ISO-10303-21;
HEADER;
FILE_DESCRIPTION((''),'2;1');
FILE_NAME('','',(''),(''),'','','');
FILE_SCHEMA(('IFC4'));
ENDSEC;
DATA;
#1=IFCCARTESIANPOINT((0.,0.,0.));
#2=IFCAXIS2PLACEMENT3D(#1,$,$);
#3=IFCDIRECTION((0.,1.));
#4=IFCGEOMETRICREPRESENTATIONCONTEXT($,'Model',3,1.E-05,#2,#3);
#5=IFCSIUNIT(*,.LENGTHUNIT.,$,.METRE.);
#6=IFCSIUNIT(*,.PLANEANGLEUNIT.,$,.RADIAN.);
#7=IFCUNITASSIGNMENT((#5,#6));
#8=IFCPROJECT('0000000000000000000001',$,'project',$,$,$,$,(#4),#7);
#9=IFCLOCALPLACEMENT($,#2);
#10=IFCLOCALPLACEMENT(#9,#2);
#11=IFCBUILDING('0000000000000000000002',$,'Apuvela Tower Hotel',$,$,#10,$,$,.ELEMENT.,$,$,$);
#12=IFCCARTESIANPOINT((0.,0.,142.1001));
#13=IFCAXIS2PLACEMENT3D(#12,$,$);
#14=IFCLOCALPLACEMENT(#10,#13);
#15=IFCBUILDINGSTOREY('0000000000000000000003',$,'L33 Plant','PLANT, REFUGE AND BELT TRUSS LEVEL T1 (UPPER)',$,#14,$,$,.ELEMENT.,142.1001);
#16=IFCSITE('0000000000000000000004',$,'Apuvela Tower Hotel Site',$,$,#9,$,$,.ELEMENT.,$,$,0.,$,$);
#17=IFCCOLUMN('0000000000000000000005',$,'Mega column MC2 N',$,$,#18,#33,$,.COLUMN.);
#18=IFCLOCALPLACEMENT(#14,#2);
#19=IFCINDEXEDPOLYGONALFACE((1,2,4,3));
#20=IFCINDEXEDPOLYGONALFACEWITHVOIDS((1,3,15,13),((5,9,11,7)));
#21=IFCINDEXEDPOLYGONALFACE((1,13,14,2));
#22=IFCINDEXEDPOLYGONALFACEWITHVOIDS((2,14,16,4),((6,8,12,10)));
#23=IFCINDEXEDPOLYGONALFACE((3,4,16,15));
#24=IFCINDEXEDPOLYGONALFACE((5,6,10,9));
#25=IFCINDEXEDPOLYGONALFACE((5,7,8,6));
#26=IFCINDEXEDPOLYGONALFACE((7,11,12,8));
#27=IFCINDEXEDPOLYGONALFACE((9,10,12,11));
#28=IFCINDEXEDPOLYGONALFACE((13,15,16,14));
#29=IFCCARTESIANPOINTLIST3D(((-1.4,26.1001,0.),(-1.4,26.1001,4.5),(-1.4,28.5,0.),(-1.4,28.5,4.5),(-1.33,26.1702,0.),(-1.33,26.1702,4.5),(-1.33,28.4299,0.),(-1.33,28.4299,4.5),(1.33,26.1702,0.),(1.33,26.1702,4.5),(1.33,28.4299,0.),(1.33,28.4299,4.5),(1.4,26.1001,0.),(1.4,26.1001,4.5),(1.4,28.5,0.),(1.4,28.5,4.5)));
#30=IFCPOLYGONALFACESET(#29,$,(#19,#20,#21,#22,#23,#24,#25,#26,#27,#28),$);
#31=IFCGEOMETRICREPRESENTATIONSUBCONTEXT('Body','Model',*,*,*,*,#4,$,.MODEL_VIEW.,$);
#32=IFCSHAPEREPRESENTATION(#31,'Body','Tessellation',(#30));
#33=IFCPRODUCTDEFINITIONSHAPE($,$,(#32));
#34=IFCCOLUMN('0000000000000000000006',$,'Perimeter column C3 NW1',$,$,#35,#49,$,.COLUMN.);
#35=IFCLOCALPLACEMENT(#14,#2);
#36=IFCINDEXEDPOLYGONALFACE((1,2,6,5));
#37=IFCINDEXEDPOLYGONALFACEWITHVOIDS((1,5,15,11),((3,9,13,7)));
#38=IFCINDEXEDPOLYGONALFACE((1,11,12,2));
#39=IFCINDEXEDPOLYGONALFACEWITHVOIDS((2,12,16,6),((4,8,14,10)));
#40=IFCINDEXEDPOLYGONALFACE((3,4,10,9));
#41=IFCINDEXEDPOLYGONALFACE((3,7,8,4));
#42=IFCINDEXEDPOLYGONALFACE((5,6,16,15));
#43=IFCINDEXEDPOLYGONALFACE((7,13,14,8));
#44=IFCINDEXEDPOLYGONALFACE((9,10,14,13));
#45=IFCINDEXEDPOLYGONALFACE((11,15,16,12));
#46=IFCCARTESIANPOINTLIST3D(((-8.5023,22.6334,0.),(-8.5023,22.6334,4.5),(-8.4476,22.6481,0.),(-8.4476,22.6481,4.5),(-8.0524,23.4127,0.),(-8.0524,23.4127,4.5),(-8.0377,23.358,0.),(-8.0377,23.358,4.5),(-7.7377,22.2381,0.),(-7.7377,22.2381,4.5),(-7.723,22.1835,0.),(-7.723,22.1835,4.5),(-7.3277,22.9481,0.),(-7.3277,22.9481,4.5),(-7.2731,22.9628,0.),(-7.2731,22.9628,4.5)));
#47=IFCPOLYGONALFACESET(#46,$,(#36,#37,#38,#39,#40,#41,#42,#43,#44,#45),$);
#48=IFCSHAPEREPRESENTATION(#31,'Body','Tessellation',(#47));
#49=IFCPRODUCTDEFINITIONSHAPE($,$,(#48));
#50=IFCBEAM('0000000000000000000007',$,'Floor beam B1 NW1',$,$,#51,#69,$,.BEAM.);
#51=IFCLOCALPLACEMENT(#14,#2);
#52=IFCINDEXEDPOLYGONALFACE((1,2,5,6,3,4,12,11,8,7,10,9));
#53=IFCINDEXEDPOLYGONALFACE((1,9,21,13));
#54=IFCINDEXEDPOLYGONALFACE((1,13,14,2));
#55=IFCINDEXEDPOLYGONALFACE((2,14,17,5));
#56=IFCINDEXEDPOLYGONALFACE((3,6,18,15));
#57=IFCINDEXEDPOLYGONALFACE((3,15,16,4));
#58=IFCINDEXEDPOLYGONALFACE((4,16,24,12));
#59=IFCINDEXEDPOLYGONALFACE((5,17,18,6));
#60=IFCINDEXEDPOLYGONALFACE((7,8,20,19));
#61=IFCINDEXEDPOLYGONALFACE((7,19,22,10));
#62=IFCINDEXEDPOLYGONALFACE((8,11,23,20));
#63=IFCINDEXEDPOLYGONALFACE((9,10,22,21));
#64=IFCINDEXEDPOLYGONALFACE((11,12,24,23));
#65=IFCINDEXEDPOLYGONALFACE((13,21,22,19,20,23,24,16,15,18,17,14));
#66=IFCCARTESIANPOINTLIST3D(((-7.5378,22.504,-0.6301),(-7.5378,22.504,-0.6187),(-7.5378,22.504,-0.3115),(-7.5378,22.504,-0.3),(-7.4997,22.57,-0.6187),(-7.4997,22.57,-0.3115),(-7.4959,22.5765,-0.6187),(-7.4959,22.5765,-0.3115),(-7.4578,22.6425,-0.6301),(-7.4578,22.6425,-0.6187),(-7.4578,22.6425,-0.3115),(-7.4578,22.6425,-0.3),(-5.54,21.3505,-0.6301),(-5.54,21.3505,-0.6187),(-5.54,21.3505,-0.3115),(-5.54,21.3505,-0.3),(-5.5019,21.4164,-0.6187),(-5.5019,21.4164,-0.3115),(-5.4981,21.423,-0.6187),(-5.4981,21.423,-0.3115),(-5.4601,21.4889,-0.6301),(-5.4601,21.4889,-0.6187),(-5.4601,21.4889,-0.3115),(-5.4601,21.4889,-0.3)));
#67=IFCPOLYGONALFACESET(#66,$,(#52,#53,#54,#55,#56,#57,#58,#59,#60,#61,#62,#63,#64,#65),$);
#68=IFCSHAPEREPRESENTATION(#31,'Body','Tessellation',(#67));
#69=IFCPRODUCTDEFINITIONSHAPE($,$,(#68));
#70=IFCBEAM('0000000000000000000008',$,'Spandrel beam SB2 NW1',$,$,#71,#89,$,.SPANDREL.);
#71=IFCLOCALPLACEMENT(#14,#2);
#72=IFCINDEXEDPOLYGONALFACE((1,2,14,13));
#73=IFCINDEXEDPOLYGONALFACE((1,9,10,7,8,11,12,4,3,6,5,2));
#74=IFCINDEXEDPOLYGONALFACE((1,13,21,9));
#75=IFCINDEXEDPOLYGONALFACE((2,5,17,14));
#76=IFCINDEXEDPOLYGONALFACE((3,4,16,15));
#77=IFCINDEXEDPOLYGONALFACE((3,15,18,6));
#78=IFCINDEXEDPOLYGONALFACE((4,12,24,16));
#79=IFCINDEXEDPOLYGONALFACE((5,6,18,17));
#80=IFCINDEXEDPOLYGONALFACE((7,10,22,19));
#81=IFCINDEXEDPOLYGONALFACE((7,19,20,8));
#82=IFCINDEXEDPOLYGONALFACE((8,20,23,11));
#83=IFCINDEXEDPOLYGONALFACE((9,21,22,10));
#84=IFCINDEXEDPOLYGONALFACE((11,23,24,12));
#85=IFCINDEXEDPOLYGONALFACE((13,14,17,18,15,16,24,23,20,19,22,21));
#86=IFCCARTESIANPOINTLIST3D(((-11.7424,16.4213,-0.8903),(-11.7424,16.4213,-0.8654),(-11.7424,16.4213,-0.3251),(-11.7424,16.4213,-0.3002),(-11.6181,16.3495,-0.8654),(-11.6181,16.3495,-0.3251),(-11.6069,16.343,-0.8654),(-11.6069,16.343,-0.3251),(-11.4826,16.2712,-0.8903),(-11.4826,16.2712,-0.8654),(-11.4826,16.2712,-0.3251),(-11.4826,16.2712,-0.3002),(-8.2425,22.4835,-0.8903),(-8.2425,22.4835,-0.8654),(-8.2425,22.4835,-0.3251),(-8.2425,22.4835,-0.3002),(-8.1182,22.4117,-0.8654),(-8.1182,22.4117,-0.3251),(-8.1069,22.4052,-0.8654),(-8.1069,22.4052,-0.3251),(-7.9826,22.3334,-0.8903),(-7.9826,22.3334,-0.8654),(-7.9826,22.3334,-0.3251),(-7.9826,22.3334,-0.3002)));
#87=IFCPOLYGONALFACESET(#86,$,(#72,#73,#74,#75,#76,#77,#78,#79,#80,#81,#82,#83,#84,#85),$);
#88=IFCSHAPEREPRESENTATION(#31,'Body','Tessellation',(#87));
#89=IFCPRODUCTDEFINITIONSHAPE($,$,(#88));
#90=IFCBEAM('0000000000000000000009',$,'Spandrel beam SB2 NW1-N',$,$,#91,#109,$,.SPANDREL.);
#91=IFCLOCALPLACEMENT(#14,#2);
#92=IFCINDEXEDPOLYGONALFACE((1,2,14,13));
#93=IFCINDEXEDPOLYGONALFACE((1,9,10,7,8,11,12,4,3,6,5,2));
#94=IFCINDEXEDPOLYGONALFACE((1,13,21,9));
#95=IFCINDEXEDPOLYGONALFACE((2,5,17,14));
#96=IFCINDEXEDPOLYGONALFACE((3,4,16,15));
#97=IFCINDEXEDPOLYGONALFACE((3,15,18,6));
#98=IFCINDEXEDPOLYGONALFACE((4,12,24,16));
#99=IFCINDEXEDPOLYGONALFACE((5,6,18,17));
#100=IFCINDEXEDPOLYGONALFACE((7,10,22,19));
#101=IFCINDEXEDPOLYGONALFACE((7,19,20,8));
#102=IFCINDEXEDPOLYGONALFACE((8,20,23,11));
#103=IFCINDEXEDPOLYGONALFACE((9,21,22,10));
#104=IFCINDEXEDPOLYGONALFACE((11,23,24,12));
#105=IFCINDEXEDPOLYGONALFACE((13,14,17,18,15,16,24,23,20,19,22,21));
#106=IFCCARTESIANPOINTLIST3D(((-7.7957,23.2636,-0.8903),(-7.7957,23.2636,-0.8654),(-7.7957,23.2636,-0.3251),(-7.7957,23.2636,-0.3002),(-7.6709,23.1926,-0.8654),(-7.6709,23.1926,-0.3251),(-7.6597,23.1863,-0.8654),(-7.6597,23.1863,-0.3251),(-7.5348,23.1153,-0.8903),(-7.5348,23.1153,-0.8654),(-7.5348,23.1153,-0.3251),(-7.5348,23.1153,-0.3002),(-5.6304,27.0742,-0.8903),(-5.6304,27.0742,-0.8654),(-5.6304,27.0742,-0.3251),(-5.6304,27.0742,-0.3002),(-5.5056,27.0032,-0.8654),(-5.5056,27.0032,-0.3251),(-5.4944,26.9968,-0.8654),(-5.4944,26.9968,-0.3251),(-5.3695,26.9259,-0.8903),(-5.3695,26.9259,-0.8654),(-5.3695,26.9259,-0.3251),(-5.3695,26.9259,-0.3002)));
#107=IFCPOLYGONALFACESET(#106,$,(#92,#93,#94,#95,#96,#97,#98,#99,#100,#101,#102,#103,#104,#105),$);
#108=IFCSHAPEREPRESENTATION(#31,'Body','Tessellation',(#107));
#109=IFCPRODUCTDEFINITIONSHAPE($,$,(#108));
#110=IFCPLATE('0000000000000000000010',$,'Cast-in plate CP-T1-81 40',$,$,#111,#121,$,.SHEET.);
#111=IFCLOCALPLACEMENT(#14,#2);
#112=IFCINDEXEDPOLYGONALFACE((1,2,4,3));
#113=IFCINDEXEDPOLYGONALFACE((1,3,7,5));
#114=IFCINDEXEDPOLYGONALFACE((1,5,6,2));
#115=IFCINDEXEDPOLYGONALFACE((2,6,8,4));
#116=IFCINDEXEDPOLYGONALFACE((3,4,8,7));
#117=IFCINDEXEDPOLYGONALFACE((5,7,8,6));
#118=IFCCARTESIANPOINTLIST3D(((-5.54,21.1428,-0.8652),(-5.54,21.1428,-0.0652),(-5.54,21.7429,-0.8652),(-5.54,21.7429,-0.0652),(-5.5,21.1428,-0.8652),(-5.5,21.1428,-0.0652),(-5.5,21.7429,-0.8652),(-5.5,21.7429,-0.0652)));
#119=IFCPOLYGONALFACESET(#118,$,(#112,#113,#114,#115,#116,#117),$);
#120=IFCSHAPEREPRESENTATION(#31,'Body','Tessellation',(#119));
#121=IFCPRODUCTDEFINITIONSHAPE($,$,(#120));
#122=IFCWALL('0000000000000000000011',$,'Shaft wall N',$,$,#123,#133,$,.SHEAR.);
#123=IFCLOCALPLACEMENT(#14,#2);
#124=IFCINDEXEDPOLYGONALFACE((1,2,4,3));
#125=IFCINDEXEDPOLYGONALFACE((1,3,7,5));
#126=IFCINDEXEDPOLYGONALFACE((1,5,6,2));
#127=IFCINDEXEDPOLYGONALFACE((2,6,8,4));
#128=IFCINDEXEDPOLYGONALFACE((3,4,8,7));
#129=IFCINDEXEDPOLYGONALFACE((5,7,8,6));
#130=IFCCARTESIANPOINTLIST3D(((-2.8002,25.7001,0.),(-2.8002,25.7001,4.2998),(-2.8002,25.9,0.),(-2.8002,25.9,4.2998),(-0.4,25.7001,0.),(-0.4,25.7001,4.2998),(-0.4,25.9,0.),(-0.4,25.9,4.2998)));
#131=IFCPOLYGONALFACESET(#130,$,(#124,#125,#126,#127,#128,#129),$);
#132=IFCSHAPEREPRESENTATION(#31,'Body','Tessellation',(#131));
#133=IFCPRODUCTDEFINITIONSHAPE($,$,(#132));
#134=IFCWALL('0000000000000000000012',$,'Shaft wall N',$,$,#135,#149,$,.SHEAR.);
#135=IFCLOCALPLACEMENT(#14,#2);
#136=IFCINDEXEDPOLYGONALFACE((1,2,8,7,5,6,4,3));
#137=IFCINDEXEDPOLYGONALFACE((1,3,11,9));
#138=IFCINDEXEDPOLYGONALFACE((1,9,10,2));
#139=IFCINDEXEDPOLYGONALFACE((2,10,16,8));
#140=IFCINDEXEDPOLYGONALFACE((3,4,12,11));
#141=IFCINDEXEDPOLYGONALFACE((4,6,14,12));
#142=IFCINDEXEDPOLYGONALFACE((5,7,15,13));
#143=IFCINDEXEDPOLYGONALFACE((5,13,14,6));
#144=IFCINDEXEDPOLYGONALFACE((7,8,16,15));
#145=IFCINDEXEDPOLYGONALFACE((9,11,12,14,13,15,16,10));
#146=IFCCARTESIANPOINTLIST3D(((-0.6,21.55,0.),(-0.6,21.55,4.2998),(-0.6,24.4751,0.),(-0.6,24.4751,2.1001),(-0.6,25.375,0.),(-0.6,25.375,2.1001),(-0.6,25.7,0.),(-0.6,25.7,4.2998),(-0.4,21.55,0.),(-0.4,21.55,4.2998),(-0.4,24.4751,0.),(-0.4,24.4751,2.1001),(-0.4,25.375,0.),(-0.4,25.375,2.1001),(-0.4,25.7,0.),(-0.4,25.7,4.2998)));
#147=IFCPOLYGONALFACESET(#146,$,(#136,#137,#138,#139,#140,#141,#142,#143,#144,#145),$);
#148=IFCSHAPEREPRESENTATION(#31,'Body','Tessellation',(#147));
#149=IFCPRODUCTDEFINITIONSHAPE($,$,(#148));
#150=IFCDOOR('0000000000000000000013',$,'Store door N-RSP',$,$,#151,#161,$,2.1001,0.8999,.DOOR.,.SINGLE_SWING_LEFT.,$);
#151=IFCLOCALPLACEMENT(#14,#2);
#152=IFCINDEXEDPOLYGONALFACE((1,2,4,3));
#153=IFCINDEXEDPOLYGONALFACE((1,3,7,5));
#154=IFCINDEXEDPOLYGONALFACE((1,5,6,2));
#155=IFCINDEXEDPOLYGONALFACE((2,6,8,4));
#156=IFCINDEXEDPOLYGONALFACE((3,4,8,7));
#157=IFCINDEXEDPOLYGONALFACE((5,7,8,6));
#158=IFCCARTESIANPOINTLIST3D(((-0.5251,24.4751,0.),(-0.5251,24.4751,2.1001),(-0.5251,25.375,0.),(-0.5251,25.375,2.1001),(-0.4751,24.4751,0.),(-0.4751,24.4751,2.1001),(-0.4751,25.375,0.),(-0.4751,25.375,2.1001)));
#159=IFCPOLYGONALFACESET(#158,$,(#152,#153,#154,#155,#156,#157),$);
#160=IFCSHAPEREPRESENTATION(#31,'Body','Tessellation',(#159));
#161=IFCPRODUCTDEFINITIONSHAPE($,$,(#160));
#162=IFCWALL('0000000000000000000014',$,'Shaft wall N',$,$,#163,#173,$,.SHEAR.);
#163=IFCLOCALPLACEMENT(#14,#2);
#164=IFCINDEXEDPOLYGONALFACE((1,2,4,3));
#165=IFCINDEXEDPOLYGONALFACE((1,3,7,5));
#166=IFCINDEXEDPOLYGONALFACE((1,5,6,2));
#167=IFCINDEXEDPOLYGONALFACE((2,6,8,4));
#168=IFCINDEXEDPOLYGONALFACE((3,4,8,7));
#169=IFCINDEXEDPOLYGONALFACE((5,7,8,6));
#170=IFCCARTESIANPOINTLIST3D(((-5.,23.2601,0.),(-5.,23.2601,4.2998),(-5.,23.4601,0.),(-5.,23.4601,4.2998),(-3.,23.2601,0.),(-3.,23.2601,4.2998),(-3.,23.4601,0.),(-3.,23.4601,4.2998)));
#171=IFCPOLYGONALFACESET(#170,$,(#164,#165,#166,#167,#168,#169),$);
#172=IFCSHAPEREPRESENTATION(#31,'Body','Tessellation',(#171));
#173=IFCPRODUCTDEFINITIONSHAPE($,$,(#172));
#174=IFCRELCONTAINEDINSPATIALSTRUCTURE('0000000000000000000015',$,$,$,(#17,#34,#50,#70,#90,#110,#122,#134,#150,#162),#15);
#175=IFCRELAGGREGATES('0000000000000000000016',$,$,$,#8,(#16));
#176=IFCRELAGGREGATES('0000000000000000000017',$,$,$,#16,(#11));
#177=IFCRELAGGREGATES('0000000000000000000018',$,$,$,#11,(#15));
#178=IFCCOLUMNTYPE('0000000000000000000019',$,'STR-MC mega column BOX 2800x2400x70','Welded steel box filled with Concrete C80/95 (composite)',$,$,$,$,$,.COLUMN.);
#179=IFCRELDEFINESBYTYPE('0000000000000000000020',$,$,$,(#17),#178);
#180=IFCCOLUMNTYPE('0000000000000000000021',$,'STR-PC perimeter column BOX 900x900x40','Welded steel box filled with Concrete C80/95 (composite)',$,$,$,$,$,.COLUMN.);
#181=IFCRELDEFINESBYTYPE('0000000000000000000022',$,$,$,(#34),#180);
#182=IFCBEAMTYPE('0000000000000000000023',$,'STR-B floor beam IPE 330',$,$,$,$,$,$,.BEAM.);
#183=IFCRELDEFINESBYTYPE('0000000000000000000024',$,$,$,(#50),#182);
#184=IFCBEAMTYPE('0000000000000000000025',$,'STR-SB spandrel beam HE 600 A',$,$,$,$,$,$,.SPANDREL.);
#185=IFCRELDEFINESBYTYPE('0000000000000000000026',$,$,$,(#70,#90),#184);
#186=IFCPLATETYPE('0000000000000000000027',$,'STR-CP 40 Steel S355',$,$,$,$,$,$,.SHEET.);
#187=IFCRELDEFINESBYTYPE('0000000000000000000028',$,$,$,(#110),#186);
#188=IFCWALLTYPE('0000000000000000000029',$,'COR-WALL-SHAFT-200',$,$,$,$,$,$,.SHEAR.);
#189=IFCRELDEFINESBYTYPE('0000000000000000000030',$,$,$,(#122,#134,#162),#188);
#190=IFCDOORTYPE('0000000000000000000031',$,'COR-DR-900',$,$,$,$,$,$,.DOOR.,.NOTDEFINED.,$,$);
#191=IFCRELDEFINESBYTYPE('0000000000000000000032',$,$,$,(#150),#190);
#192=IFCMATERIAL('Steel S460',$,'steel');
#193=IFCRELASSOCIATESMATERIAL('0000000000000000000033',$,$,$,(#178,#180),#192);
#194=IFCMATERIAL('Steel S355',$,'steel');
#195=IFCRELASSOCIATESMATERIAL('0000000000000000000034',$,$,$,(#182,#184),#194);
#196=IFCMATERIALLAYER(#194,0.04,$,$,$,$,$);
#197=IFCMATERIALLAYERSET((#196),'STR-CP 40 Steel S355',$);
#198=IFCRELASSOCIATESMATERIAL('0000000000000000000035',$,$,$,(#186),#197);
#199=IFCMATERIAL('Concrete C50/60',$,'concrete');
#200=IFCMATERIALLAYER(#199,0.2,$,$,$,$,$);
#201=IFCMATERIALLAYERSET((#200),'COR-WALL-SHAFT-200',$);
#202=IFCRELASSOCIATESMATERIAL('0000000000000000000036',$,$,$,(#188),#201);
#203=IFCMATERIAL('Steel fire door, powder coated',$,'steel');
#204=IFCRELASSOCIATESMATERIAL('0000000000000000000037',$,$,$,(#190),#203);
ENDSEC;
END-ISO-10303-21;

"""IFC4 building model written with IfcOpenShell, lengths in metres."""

from ifc_helpers import new_model, si_unit, direction, frame, frame_2d, origin, origin_2d, place, context, subcontext, project, spatial, rectangle, hollow_rectangle, i_section, extrude, material, layer, layer_set, material_profile, profile_set, type_object, element, fill, save


model = new_model("IFC4")

# Units and contexts
model_context = context("Model", 3, precision=1e-05, world=origin(), true_north=direction((0.0, 1.0)))
body_context = subcontext(model_context, "Body", "Model", "MODEL_VIEW")
ifc_project = project(units=[si_unit("LENGTHUNIT", "METRE"), si_unit("PLANEANGLEUNIT", "RADIAN")], contexts=[model_context])

# Site, building, storey
site_placement = place(None, origin())
site = spatial("IfcSite", under=ifc_project, at=site_placement, Name="Apuvela Tower Hotel Site", CompositionType="ELEMENT", RefElevation=0.0)
building_placement = place(site_placement, origin())
building = spatial("IfcBuilding", under=site, at=building_placement, Name="Apuvela Tower Hotel", CompositionType="ELEMENT")
storey_placement = place(building_placement, frame((0.0, 0.0, 142.1001)))
storey = spatial("IfcBuildingStorey", under=building, at=storey_placement, Name="L33 Plant", Description="PLANT, REFUGE AND BELT TRUSS LEVEL T1 (UPPER)", CompositionType="ELEMENT", Elevation=142.1001)

# Columns
ifc_material_1 = material(Name="Steel S460", Category="steel")
ifc_material_profile_1 = material_profile(ifc_material_1, hollow_rectangle(XDim=2.8, YDim=2.3999, WallThickness=0.0701, at=origin_2d()), Name="BOX 2800x2400x70")
ifc_material_2 = material(Name="Concrete C80/95", Category="concrete")
ifc_material_profile_2 = material_profile(ifc_material_2, rectangle(XDim=2.6599, YDim=2.26, at=origin_2d()), Name="Concrete C80/95 infill")
ifc_profile_set_1 = profile_set([ifc_material_profile_1, ifc_material_profile_2], Name="Steel S460")
column_type_1 = type_object("IfcColumnType", Name="STR-MC mega column BOX 2800x2400x70", Description="Welded steel box filled with Concrete C80/95 (composite)", PredefinedType="COLUMN", material=ifc_profile_set_1)
column_1_placement = place(storey_placement, frame((0.0, 27.3, 0.0), z_axis=(0.0, 0.0, 1.0), x_axis=(1.0, 0.0, 0.0)))
element("IfcColumn", 1, at=column_1_placement, inside=storey, type_object=column_type_1, Name="Mega column MC2 N", PredefinedType="COLUMN", context=body_context, shape_type="SweptSolid", body=[
    extrude(hollow_rectangle(XDim=2.8, YDim=2.3999, WallThickness=0.0701, at=origin_2d()), origin(), (0.0, 0.0, 1.0), 4.5),
])
ifc_material_profile_3 = material_profile(ifc_material_1, hollow_rectangle(XDim=0.8999, YDim=0.8999, WallThickness=0.04, at=origin_2d()), Name="BOX 900x900x40")
ifc_material_profile_4 = material_profile(ifc_material_2, rectangle(XDim=0.8201, YDim=0.8201, at=origin_2d()), Name="Concrete C80/95 infill")
ifc_profile_set_2 = profile_set([ifc_material_profile_3, ifc_material_profile_4], Name="Steel S460")
column_type_2 = type_object("IfcColumnType", Name="STR-PC perimeter column BOX 900x900x40", Description="Welded steel box filled with Concrete C80/95 (composite)", PredefinedType="COLUMN", material=ifc_profile_set_2)
column_2_placement = place(storey_placement, frame((-7.8877, 22.7981, 0.0), z_axis=(0.0, 0.0, 1.0), x_axis=(0.5, 0.866025, 0.0)))
element("IfcColumn", 2, at=column_2_placement, inside=storey, type_object=column_type_2, Name="Perimeter column C3 NW1", PredefinedType="COLUMN", context=body_context, shape_type="SweptSolid", body=[
    extrude(hollow_rectangle(XDim=0.8999, YDim=0.8999, WallThickness=0.04, at=origin_2d()), origin(), (0.0, 0.0, 1.0), 4.5),
])

# Beams
ifc_material_3 = material(Name="Steel S355", Category="steel")
ifc_material_profile_5 = material_profile(ifc_material_3, i_section(OverallWidth=0.1599, OverallDepth=0.3301, WebThickness=0.0076, FlangeThickness=0.0115, at=origin_2d()), Name="IPE 330")
ifc_profile_set_3 = profile_set([ifc_material_profile_5], Name="Steel S355")
beam_type_1 = type_object("IfcBeamType", Name="STR-B floor beam IPE 330", PredefinedType="BEAM", material=ifc_profile_set_3)
beam_1_placement = place(storey_placement, frame((-7.4978, 22.5732, -0.4651), z_axis=(0.866001, -0.500043, 0.0), x_axis=(0.500043, 0.866001, 0.0)))
element("IfcBeam", 3, at=beam_1_placement, inside=storey, type_object=beam_type_1, Name="Floor beam B1 NW1", PredefinedType="BEAM", context=body_context, shape_type="SweptSolid", body=[
    extrude(i_section(OverallWidth=0.1599, OverallDepth=0.3301, WebThickness=0.0076, FlangeThickness=0.0115, at=origin_2d()), origin(), (0.0, 0.0, 1.0), 2.3069),
])
ifc_material_profile_6 = material_profile(ifc_material_3, i_section(OverallWidth=0.3, OverallDepth=0.5901, WebThickness=0.0129, FlangeThickness=0.0249, at=origin_2d()), Name="HE 600 A")
ifc_profile_set_4 = profile_set([ifc_material_profile_6], Name="Steel S355")
beam_type_2 = type_object("IfcBeamType", Name="STR-SB spandrel beam HE 600 A", PredefinedType="SPANDREL", material=ifc_profile_set_4)
beam_2_placement = place(storey_placement, frame((-8.1125, 22.4084, -0.5952), z_axis=(-0.499995, -0.866028, 0.0), x_axis=(0.866028, -0.499995, 0.0)))
element("IfcBeam", 4, at=beam_2_placement, inside=storey, type_object=beam_type_2, Name="Spandrel beam SB2 NW1", PredefinedType="SPANDREL", context=body_context, shape_type="SweptSolid", body=[
    extrude(i_section(OverallWidth=0.3, OverallDepth=0.5901, WebThickness=0.0129, FlangeThickness=0.0249, at=origin_2d()), origin(), (0.0, 0.0, 1.0), 7.0),
])
beam_3_placement = place(storey_placement, frame((-7.6653, 23.1895, -0.5952), z_axis=(0.494044, 0.869437, 0.0), x_axis=(-0.869437, 0.494044, 0.0)))
element("IfcBeam", 5, at=beam_3_placement, inside=storey, type_object=beam_type_2, Name="Spandrel beam SB2 NW1-N", PredefinedType="SPANDREL", context=body_context, shape_type="SweptSolid", body=[
    extrude(i_section(OverallWidth=0.3, OverallDepth=0.5901, WebThickness=0.0129, FlangeThickness=0.0249, at=origin_2d()), origin(), (0.0, 0.0, 1.0), 4.3828),
])

# Plate
ifc_layer_1 = layer(ifc_material_3, 0.04)
ifc_layer_set_1 = layer_set([ifc_layer_1], Name="STR-CP 40 Steel S355")
plate_type = type_object("IfcPlateType", Name="STR-CP 40 Steel S355", PredefinedType="SHEET", material=ifc_layer_set_1)
plate_placement = place(storey_placement, frame((-5.52, 21.4429, -0.8652), z_axis=(0.0, 0.0, 1.0), x_axis=(1.0, 0.0, 0.0)))
element("IfcPlate", 6, at=plate_placement, inside=storey, type_object=plate_type, Name="Cast-in plate CP-T1-81 40", PredefinedType="SHEET", context=body_context, shape_type="SweptSolid", body=[
    extrude(rectangle(XDim=0.04, YDim=0.6001, at=origin_2d()), origin(), (0.0, 0.0, 1.0), 0.8),
])

# Wall
ifc_material_4 = material(Name="Concrete C50/60", Category="concrete")
ifc_layer_2 = layer(ifc_material_4, 0.2)
ifc_layer_set_2 = layer_set([ifc_layer_2], Name="COR-WALL-SHAFT-200")
wall_type_1 = type_object("IfcWallType", Name="COR-WALL-SHAFT-200", PredefinedType="SHEAR", material=ifc_layer_set_2)
wall_1_placement = place(storey_placement, frame((-0.3999, 25.8, 0.0), z_axis=(0.0, 0.0, 1.0), x_axis=(-1.0, 0.0, 0.0)))
element("IfcWall", 7, at=wall_1_placement, inside=storey, type_object=wall_type_1, Name="Shaft wall N", PredefinedType="SHEAR", context=body_context, shape_type="SweptSolid", body=[
    extrude(rectangle(XDim=2.4001, YDim=0.2, at=frame_2d((1.2002, 0.0))), origin(), (0.0, 0.0, 1.0), 4.2998),
])

# Wall, opening, door
wall_2_placement = place(storey_placement, frame((-0.5, 21.55, 0.0), z_axis=(0.0, 0.0, 1.0), x_axis=(0.0, 1.0, 0.0)))
wall_2 = element("IfcWall", 8, at=wall_2_placement, inside=storey, type_object=wall_type_1, Name="Shaft wall N", PredefinedType="SHEAR", context=body_context, shape_type="SweptSolid", body=[
    extrude(rectangle(XDim=4.1499, YDim=0.2, at=frame_2d((2.075, 0.0))), origin(), (0.0, 0.0, 1.0), 4.2998),
])
opening_placement = place(wall_2_placement, frame((2.925, 0.0, 0.0)))
opening = element("IfcOpeningElement", 9, at=opening_placement, cuts=wall_2, PredefinedType="OPENING", context=body_context, shape_type="SweptSolid", body=[
    extrude(rectangle(XDim=0.8999, YDim=2.1001, at=frame_2d((0.45, 1.05))), frame((0.0, 0.1099, 0.0), z_axis=(0.0, -1.0, 0.0), x_axis=(1.0, 0.0, 0.0)), (0.0, 0.0, 1.0), 0.22),
])
ifc_material_5 = material(Name="Steel fire door, powder coated", Category="steel")
door_type = type_object("IfcDoorType", Name="COR-DR-900", OperationType="NOTDEFINED", PredefinedType="DOOR", material=ifc_material_5)
door_placement = place(opening_placement, frame((0.8999, 0.0, 0.0), z_axis=(0.0, 0.0, 1.0), x_axis=(-1.0, 0.0, 0.0)))
door = element("IfcDoor", 10, at=door_placement, inside=storey, type_object=door_type, Name="Store door N-RSP", OperationType="SINGLE_SWING_LEFT", OverallHeight=2.1001, OverallWidth=0.8999, PredefinedType="DOOR", context=body_context, shape_type="SweptSolid", body=[
    extrude(rectangle(XDim=0.8999, YDim=2.1001, at=frame_2d((0.45, 1.05))), frame((0.0, 0.0249, 0.0), z_axis=(0.0, -1.0, 0.0), x_axis=(1.0, 0.0, 0.0)), (0.0, 0.0, 1.0), 0.05),
])
fill(opening, door)

# Wall
wall_3_placement = place(storey_placement, frame((-3.0, 23.3601, 0.0), z_axis=(0.0, 0.0, 1.0), x_axis=(-1.0, 0.0, 0.0)))
element("IfcWall", 11, at=wall_3_placement, inside=storey, type_object=wall_type_1, Name="Shaft wall N", PredefinedType="SHEAR", context=body_context, shape_type="SweptSolid", body=[
    extrude(rectangle(XDim=2.0, YDim=0.2, at=frame_2d((1.0, 0.0))), origin(), (0.0, 0.0, 1.0), 4.2998),
])

save(model, "model.ifc")
